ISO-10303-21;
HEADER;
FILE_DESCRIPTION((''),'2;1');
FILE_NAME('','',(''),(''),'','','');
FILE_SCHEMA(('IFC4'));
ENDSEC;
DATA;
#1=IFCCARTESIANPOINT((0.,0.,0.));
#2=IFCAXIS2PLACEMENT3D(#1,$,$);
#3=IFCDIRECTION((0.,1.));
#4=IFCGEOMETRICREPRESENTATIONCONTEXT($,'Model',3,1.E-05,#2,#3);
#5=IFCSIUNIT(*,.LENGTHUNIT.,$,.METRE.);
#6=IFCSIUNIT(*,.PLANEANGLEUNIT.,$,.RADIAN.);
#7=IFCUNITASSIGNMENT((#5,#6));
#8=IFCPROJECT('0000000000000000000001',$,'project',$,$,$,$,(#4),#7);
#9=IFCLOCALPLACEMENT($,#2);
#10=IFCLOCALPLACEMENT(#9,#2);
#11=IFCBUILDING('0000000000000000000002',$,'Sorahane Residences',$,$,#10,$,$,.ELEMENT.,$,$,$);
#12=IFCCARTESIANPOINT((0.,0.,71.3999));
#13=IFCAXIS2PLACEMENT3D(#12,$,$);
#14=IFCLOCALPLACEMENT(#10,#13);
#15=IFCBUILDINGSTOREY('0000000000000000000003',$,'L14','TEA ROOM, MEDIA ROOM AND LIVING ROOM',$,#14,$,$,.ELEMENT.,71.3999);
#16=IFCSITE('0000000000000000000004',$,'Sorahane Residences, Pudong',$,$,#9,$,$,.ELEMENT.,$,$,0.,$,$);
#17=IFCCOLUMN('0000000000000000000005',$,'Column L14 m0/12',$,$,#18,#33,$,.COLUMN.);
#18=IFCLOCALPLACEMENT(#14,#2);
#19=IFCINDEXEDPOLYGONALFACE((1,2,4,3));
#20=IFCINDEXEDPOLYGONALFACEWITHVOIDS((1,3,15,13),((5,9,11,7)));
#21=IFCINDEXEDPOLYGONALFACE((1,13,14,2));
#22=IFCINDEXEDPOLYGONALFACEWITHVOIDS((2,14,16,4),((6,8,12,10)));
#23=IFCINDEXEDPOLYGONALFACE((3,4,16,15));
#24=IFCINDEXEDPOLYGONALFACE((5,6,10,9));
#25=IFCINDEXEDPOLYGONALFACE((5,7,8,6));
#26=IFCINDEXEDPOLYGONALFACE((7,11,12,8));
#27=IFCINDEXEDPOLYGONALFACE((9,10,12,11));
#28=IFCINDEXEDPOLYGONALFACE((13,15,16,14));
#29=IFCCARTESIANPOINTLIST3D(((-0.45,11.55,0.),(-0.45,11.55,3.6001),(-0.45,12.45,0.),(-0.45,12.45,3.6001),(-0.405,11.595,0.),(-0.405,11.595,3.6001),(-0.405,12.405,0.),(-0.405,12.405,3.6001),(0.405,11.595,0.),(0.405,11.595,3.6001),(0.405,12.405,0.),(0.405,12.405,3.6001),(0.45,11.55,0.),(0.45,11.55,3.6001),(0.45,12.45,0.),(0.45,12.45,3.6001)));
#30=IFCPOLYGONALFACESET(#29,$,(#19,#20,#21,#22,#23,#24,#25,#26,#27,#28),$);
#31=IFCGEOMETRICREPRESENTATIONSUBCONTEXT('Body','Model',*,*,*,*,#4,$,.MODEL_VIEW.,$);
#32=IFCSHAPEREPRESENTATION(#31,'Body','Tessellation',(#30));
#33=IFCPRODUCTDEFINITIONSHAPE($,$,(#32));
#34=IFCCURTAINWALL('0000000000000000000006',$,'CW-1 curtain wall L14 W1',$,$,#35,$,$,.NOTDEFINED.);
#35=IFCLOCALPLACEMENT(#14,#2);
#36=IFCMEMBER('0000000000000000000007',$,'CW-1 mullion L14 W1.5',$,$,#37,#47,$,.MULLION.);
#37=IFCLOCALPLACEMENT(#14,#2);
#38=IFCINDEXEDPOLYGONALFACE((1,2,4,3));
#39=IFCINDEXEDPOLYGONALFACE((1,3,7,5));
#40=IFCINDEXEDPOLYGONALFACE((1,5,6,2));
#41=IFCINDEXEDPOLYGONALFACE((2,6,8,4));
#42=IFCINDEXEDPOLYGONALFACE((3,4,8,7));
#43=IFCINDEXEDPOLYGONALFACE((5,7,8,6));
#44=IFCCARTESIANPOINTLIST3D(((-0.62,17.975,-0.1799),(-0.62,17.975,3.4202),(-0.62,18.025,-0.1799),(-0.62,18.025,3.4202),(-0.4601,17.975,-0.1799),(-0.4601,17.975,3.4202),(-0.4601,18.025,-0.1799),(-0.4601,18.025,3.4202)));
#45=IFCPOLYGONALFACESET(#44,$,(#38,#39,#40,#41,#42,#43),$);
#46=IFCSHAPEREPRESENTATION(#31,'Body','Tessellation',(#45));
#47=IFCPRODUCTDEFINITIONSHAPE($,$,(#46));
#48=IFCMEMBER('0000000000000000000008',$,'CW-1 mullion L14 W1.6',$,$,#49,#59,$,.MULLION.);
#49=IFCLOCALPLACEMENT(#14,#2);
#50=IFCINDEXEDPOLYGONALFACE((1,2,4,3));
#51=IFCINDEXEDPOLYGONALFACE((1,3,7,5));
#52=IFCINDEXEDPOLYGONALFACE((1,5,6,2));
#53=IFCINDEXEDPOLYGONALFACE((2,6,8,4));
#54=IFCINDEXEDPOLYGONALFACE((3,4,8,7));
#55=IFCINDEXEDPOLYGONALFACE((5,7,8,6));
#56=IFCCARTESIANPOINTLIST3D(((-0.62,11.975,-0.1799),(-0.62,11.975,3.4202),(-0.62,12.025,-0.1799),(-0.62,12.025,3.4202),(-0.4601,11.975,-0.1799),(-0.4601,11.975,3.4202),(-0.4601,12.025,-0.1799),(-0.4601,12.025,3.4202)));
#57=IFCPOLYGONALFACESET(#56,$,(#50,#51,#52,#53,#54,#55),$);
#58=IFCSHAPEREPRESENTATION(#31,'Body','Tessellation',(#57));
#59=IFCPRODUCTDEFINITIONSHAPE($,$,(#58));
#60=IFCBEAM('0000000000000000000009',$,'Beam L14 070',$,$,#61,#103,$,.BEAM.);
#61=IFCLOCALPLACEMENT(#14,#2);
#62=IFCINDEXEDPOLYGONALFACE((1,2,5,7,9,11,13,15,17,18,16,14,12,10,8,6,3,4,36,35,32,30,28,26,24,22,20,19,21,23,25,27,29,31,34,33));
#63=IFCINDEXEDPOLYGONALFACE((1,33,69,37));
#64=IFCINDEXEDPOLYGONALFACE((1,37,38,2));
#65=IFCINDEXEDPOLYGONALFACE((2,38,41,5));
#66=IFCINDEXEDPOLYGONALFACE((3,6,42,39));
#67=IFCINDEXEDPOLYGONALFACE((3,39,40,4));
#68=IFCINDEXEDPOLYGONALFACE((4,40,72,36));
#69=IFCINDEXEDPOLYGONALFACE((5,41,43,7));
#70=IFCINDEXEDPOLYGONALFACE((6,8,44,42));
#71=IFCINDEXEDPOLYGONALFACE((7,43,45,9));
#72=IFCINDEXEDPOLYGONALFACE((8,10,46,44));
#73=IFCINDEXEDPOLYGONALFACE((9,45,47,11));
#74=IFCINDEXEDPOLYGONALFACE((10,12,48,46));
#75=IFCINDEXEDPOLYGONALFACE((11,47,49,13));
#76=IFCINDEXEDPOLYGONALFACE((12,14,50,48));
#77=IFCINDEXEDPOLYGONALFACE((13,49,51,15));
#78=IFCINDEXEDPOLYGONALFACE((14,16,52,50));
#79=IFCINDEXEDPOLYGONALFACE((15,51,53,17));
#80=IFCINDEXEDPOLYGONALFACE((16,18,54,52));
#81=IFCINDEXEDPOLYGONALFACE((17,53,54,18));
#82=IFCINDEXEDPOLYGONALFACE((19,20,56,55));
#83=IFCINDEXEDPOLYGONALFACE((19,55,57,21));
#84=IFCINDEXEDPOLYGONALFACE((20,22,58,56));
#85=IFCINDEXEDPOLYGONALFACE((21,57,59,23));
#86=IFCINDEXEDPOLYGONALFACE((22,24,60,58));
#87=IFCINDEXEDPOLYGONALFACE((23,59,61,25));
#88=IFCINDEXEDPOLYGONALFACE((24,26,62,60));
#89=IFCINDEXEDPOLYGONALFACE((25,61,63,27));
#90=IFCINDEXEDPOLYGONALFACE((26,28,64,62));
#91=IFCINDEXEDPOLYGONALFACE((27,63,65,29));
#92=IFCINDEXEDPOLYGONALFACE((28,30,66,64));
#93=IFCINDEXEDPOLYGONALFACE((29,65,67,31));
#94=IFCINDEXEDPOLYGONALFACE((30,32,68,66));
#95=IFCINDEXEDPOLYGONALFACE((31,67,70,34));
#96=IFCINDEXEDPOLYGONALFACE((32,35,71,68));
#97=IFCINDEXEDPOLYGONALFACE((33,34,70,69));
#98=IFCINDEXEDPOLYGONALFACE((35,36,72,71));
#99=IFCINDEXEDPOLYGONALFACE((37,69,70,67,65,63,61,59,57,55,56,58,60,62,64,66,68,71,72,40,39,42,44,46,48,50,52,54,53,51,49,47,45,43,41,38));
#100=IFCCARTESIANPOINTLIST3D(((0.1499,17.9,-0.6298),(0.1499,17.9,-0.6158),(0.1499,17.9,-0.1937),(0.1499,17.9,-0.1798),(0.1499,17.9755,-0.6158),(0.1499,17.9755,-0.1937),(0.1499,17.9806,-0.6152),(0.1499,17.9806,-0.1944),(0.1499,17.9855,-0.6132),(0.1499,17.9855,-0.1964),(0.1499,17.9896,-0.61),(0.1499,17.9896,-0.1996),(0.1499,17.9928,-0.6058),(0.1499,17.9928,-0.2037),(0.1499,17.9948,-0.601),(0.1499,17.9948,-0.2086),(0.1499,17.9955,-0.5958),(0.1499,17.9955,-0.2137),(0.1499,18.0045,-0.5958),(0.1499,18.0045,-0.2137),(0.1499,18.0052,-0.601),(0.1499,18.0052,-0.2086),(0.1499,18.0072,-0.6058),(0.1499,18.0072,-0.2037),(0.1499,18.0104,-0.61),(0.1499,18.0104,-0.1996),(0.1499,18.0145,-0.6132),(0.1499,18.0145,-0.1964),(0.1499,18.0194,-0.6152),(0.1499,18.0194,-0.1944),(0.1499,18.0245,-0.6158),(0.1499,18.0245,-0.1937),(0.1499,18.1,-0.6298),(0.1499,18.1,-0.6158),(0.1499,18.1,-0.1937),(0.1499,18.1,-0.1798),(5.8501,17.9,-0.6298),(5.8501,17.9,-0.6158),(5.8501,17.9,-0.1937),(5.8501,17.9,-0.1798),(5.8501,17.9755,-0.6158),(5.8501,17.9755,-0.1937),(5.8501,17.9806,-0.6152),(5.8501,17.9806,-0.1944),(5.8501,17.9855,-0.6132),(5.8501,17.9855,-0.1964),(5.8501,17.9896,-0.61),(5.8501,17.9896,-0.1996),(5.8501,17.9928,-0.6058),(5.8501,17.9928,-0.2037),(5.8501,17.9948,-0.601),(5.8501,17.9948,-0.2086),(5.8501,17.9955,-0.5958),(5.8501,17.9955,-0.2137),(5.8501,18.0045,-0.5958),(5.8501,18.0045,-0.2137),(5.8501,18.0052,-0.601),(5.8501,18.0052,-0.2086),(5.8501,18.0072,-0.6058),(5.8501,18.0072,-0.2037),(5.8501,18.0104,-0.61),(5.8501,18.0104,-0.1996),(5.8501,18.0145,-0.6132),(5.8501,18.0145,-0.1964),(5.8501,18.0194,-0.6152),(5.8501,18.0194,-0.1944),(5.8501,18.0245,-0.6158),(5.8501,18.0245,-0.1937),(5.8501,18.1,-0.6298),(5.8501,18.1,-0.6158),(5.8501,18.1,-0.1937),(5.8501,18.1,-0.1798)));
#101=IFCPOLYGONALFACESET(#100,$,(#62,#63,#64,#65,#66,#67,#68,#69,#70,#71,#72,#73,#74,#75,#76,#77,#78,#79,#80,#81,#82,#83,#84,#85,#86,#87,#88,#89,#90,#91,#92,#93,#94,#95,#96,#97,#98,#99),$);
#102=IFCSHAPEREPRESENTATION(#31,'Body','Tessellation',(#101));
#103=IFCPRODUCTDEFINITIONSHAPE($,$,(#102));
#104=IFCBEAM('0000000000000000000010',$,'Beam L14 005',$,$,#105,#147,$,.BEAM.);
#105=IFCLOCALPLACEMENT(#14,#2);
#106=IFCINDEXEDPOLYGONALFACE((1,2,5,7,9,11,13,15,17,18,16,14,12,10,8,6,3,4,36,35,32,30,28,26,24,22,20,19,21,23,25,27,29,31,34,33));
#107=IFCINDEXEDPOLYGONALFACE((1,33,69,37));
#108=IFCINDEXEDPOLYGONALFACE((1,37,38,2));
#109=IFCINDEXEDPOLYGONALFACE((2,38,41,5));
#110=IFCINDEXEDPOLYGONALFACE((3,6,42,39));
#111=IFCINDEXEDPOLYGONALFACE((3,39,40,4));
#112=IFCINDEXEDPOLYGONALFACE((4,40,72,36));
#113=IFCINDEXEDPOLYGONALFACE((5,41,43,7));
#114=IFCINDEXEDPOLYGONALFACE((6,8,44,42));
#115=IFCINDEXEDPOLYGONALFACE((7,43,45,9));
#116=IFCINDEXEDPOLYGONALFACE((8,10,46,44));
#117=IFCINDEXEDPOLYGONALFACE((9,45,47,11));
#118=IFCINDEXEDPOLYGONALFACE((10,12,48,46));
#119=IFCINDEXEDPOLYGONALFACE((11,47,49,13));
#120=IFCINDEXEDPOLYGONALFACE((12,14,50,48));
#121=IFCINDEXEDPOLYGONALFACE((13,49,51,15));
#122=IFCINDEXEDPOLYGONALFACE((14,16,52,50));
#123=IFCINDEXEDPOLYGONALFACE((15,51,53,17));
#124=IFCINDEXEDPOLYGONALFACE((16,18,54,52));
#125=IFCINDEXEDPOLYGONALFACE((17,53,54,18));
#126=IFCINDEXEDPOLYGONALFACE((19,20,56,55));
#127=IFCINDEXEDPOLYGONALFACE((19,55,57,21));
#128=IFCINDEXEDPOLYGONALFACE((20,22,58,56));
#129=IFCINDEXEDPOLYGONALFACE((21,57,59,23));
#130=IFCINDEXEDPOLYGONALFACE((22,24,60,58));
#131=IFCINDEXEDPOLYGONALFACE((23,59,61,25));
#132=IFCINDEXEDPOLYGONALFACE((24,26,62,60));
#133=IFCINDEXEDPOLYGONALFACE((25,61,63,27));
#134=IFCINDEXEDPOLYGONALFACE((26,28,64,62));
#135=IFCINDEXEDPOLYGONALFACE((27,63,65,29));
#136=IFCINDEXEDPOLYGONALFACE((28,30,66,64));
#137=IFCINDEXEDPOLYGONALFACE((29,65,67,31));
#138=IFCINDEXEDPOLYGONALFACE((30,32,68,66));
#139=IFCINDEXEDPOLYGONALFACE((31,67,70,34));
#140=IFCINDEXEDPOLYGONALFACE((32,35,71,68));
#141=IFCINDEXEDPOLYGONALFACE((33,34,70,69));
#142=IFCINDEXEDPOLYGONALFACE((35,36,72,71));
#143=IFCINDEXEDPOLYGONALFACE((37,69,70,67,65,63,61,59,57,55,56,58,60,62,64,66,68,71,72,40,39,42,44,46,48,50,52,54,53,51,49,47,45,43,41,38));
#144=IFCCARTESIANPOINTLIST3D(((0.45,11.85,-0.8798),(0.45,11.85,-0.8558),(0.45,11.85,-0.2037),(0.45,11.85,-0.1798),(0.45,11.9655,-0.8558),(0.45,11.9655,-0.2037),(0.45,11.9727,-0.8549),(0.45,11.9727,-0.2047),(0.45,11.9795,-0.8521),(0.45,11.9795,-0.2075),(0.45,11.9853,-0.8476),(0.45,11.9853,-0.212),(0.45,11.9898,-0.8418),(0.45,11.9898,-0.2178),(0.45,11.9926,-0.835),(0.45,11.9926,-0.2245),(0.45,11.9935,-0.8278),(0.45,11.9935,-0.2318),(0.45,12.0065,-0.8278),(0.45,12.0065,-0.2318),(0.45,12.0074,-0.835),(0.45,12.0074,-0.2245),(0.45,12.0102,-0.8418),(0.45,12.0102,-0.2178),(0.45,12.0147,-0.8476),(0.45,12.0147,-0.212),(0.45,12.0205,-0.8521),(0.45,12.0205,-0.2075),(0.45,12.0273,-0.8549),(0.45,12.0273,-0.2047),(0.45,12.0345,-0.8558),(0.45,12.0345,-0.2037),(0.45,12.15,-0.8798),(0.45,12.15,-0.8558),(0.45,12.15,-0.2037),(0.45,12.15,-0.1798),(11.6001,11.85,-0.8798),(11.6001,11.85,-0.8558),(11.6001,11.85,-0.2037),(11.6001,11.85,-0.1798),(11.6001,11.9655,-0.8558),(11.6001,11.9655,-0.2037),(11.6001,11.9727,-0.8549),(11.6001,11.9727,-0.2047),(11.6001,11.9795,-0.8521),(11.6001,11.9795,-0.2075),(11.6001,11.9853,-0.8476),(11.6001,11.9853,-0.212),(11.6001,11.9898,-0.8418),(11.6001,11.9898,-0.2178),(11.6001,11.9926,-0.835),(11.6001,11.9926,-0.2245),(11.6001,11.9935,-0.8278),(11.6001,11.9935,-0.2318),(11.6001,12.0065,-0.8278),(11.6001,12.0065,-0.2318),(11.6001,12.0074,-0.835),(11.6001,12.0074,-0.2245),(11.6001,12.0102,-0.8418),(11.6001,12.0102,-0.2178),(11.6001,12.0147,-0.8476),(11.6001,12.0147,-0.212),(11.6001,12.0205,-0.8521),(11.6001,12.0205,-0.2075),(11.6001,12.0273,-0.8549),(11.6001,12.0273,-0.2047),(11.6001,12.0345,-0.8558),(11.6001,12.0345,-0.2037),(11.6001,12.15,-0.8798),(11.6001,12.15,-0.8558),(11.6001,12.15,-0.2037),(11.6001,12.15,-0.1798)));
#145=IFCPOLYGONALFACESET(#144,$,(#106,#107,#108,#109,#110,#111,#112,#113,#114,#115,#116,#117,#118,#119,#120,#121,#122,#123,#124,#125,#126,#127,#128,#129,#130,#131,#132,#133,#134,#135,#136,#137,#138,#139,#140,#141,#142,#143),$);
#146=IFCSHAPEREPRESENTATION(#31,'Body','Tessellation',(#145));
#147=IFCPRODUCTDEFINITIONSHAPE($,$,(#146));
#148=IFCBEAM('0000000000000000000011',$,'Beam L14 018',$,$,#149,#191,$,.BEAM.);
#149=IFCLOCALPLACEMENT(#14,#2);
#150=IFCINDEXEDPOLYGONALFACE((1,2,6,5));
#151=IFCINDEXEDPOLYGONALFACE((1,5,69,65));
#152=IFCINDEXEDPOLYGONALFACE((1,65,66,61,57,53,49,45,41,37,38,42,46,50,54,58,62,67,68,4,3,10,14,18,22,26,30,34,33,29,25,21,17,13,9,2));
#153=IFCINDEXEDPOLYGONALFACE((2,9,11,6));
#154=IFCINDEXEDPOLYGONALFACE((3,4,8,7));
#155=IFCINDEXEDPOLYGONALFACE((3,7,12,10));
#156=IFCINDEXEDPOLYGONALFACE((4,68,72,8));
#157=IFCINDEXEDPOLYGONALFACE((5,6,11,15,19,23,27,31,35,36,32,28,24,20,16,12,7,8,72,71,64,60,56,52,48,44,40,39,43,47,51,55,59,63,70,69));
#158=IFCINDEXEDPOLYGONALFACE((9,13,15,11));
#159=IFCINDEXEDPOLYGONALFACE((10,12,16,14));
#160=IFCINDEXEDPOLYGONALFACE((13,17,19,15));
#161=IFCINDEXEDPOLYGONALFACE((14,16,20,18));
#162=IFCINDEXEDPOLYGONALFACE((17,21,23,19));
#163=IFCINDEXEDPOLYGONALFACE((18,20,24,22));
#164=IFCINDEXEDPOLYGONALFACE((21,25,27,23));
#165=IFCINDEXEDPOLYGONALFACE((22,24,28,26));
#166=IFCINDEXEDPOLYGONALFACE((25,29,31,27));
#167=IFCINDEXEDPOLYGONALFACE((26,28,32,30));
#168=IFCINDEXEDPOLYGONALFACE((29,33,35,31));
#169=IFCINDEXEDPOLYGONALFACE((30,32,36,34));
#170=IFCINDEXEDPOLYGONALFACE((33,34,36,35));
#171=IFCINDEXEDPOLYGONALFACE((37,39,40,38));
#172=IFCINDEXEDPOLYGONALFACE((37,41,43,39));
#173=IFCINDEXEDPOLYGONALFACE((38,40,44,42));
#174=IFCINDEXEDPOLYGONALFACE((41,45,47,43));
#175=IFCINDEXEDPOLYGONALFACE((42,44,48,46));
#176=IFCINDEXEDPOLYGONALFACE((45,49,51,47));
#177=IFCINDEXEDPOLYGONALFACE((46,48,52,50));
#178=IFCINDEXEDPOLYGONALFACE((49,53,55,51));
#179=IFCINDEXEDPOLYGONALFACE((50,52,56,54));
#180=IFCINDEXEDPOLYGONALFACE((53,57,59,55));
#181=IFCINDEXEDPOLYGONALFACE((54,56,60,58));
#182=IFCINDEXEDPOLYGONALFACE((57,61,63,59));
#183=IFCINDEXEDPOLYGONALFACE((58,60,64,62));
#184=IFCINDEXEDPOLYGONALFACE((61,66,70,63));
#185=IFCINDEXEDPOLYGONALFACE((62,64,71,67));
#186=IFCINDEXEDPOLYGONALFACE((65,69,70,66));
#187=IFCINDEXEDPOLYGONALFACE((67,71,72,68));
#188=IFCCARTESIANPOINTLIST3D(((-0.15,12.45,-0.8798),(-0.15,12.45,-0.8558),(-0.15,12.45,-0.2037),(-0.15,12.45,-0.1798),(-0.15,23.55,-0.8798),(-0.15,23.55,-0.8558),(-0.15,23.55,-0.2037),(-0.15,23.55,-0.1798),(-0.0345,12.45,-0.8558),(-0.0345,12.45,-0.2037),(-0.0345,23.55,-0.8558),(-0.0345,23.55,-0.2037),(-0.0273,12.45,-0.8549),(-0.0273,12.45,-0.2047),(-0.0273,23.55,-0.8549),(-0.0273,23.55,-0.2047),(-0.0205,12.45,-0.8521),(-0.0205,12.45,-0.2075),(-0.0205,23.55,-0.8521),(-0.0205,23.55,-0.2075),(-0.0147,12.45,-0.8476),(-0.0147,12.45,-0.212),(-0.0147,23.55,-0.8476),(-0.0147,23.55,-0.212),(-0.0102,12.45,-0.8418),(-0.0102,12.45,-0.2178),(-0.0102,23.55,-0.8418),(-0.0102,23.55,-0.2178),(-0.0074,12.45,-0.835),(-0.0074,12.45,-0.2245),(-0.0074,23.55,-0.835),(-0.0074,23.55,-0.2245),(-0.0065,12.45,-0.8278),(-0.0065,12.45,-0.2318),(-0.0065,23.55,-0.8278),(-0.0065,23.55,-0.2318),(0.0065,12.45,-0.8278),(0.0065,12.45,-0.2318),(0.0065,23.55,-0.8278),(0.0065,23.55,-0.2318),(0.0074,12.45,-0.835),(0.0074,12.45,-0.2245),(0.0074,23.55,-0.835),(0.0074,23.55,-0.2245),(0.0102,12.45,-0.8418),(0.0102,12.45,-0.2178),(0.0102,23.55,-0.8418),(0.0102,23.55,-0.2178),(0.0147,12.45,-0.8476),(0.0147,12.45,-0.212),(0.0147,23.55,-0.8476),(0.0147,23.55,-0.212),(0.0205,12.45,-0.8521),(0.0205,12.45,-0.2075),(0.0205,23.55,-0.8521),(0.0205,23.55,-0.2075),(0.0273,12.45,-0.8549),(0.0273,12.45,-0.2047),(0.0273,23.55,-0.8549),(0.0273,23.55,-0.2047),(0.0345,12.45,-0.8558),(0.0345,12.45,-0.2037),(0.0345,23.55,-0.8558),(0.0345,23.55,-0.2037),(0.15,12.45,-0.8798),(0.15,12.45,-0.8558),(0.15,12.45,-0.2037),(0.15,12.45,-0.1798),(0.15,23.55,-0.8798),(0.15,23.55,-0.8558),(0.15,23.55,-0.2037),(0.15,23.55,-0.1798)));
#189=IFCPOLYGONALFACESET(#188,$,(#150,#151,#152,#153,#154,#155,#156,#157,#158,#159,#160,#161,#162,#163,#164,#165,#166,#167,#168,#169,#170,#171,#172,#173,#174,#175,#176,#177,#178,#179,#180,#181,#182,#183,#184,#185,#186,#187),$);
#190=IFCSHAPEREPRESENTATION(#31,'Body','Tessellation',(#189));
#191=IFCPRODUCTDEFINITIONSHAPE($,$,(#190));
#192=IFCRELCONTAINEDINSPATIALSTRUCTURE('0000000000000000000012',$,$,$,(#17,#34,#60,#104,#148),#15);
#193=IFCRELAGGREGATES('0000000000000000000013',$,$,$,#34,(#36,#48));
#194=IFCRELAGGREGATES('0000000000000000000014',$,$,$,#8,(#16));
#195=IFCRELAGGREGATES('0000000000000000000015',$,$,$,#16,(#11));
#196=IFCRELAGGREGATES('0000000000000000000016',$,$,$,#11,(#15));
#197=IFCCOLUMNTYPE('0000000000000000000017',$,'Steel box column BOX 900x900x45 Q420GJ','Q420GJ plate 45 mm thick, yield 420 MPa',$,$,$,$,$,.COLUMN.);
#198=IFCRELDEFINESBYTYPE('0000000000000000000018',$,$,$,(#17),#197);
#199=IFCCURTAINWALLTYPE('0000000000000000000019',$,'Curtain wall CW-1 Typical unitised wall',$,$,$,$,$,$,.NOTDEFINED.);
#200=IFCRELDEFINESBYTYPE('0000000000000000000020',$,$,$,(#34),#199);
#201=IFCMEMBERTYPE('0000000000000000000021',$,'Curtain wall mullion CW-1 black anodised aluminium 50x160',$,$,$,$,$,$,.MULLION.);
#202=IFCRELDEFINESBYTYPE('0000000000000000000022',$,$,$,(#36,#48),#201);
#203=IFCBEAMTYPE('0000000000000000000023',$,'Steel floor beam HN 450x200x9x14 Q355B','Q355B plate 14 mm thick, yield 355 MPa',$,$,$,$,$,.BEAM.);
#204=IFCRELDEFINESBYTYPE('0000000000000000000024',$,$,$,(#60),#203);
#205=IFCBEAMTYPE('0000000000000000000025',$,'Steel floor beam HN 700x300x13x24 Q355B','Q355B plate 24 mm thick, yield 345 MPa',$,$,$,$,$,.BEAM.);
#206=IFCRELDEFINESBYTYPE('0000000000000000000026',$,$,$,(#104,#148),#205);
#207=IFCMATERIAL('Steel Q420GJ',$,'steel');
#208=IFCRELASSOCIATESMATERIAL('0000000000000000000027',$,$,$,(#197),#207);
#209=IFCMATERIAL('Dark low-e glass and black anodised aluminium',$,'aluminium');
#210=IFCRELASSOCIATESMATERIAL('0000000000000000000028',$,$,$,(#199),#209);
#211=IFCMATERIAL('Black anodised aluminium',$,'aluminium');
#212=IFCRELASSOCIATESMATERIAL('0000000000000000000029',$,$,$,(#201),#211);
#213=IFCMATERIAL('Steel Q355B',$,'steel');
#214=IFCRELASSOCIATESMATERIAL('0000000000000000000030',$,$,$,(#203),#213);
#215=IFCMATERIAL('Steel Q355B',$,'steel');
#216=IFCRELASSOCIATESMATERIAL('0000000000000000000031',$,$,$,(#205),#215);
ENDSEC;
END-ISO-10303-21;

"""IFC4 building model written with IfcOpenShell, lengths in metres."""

from ifc_helpers import new_model, si_unit, direction, frame, origin, origin_2d, place, context, subcontext, project, spatial, rectangle, hollow_rectangle, i_section, extrude, material, material_profile, profile_set, type_object, element, aggregate, save


model = new_model("IFC4")

# Units and contexts
model_context = context("Model", 3, precision=1e-05, world=origin(), true_north=direction((0.0, 1.0)))
body_context = subcontext(model_context, "Body", "Model", "MODEL_VIEW")
ifc_project = project(units=[si_unit("LENGTHUNIT", "METRE"), si_unit("PLANEANGLEUNIT", "RADIAN")], contexts=[model_context])

# Site, building, storey
site_placement = place(None, origin())
site = spatial("IfcSite", under=ifc_project, at=site_placement, Name="Sorahane Residences, Pudong", CompositionType="ELEMENT", RefElevation=0.0)
building_placement = place(site_placement, origin())
building = spatial("IfcBuilding", under=site, at=building_placement, Name="Sorahane Residences", CompositionType="ELEMENT")
storey_placement = place(building_placement, frame((0.0, 0.0, 71.3999)))
storey = spatial("IfcBuildingStorey", under=building, at=storey_placement, Name="L14", Description="TEA ROOM, MEDIA ROOM AND LIVING ROOM", CompositionType="ELEMENT", Elevation=71.3999)

# Column
ifc_material_1 = material(Name="Steel Q420GJ", Category="steel")
ifc_material_profile_1 = material_profile(ifc_material_1, hollow_rectangle(XDim=0.8999, YDim=0.8999, WallThickness=0.0449, at=origin_2d()), Name="BOX 900x900x45")
ifc_profile_set_1 = profile_set([ifc_material_profile_1], Name="Steel Q420GJ")
column_type = type_object("IfcColumnType", Name="Steel box column BOX 900x900x45 Q420GJ", Description="Q420GJ plate 45 mm thick, yield 420 MPa", PredefinedType="COLUMN", material=ifc_profile_set_1)
column_placement = place(storey_placement, frame((0.0, 12.0, 0.0), z_axis=(0.0, 0.0, 1.0), x_axis=(1.0, 0.0, 0.0)))
element("IfcColumn", 1, at=column_placement, inside=storey, type_object=column_type, Name="Column L14 m0/12", PredefinedType="COLUMN", context=body_context, shape_type="SweptSolid", body=[
    extrude(hollow_rectangle(XDim=0.8999, YDim=0.8999, WallThickness=0.0449, at=origin_2d()), origin(), (0.0, 0.0, 1.0), 3.6001),
])

# Curtain wall, members
ifc_material_2 = material(Name="Dark low-e glass and black anodised aluminium", Category="aluminium")
curtain_wall_type = type_object("IfcCurtainWallType", Name="Curtain wall CW-1 Typical unitised wall", PredefinedType="NOTDEFINED", material=ifc_material_2)
curtain_wall_placement = place(storey_placement, origin())
curtain_wall = element("IfcCurtainWall", 2, at=curtain_wall_placement, inside=storey, type_object=curtain_wall_type, Name="CW-1 curtain wall L14 W1", PredefinedType="NOTDEFINED")
ifc_material_3 = material(Name="Black anodised aluminium", Category="aluminium")
ifc_material_profile_2 = material_profile(ifc_material_3, rectangle(XDim=0.1599, YDim=0.05, at=origin_2d()), Name="Curtain wall mullion CW-1 black anodised aluminium 50x160")
ifc_profile_set_2 = profile_set([ifc_material_profile_2], Name="Black anodised aluminium")
member_type = type_object("IfcMemberType", Name="Curtain wall mullion CW-1 black anodised aluminium 50x160", PredefinedType="MULLION", material=ifc_profile_set_2)
member_1_placement = place(storey_placement, frame((-0.54, 18.0, -0.1799), z_axis=(0.0, 0.0, 1.0), x_axis=(-1.0, 0.0, 0.0)))
member_1 = element("IfcMember", 3, at=member_1_placement, type_object=member_type, Name="CW-1 mullion L14 W1.5", PredefinedType="MULLION", context=body_context, shape_type="SweptSolid", body=[
    extrude(rectangle(XDim=0.1599, YDim=0.05, at=origin_2d()), origin(), (0.0, 0.0, 1.0), 3.6001),
])
member_2_placement = place(storey_placement, frame((-0.54, 12.0, -0.1799), z_axis=(0.0, 0.0, 1.0), x_axis=(-1.0, 0.0, 0.0)))
member_2 = element("IfcMember", 4, at=member_2_placement, type_object=member_type, Name="CW-1 mullion L14 W1.6", PredefinedType="MULLION", context=body_context, shape_type="SweptSolid", body=[
    extrude(rectangle(XDim=0.1599, YDim=0.05, at=origin_2d()), origin(), (0.0, 0.0, 1.0), 3.6001),
])

# Beams
ifc_material_4 = material(Name="Steel Q355B", Category="steel")
ifc_material_profile_3 = material_profile(ifc_material_4, i_section(OverallWidth=0.2, OverallDepth=0.45, WebThickness=0.009, FlangeThickness=0.0139, FilletRadius=0.02, at=origin_2d()), Name="HN 450x200x9x14")
ifc_profile_set_3 = profile_set([ifc_material_profile_3], Name="Steel Q355B")
beam_type_1 = type_object("IfcBeamType", Name="Steel floor beam HN 450x200x9x14 Q355B", Description="Q355B plate 14 mm thick, yield 355 MPa", PredefinedType="BEAM", material=ifc_profile_set_3)
beam_1_placement = place(storey_placement, frame((0.1499, 18.0, -0.4048), z_axis=(1.0, 0.0, 0.0), x_axis=(0.0, 1.0, 0.0)))
element("IfcBeam", 5, at=beam_1_placement, inside=storey, type_object=beam_type_1, Name="Beam L14 070", PredefinedType="BEAM", context=body_context, shape_type="SweptSolid", body=[
    extrude(i_section(OverallWidth=0.2, OverallDepth=0.45, WebThickness=0.009, FlangeThickness=0.0139, FilletRadius=0.02, at=origin_2d()), origin(), (0.0, 0.0, 1.0), 5.7002),
])
ifc_material_5 = material(Name="Steel Q355B", Category="steel")
ifc_material_profile_4 = material_profile(ifc_material_5, i_section(OverallWidth=0.3, OverallDepth=0.7, WebThickness=0.0129, FlangeThickness=0.0239, FilletRadius=0.0281, at=origin_2d()), Name="HN 700x300x13x24")
ifc_profile_set_4 = profile_set([ifc_material_profile_4], Name="Steel Q355B")
beam_type_2 = type_object("IfcBeamType", Name="Steel floor beam HN 700x300x13x24 Q355B", Description="Q355B plate 24 mm thick, yield 345 MPa", PredefinedType="BEAM", material=ifc_profile_set_4)
beam_2_placement = place(storey_placement, frame((0.45, 12.0, -0.5298), z_axis=(1.0, 0.0, 0.0), x_axis=(0.0, 1.0, 0.0)))
element("IfcBeam", 6, at=beam_2_placement, inside=storey, type_object=beam_type_2, Name="Beam L14 005", PredefinedType="BEAM", context=body_context, shape_type="SweptSolid", body=[
    extrude(i_section(OverallWidth=0.3, OverallDepth=0.7, WebThickness=0.0129, FlangeThickness=0.0239, FilletRadius=0.0281, at=origin_2d()), origin(), (0.0, 0.0, 1.0), 11.1501),
])
beam_3_placement = place(storey_placement, frame((0.0, 12.45, -0.5298), z_axis=(0.0, 1.0, 0.0), x_axis=(-1.0, 0.0, 0.0)))
element("IfcBeam", 7, at=beam_3_placement, inside=storey, type_object=beam_type_2, Name="Beam L14 018", PredefinedType="BEAM", context=body_context, shape_type="SweptSolid", body=[
    extrude(i_section(OverallWidth=0.3, OverallDepth=0.7, WebThickness=0.0129, FlangeThickness=0.0239, FilletRadius=0.0281, at=origin_2d()), origin(), (0.0, 0.0, 1.0), 11.1001),
])

aggregate(curtain_wall, [member_1, member_2])

save(model, "model.ifc")
